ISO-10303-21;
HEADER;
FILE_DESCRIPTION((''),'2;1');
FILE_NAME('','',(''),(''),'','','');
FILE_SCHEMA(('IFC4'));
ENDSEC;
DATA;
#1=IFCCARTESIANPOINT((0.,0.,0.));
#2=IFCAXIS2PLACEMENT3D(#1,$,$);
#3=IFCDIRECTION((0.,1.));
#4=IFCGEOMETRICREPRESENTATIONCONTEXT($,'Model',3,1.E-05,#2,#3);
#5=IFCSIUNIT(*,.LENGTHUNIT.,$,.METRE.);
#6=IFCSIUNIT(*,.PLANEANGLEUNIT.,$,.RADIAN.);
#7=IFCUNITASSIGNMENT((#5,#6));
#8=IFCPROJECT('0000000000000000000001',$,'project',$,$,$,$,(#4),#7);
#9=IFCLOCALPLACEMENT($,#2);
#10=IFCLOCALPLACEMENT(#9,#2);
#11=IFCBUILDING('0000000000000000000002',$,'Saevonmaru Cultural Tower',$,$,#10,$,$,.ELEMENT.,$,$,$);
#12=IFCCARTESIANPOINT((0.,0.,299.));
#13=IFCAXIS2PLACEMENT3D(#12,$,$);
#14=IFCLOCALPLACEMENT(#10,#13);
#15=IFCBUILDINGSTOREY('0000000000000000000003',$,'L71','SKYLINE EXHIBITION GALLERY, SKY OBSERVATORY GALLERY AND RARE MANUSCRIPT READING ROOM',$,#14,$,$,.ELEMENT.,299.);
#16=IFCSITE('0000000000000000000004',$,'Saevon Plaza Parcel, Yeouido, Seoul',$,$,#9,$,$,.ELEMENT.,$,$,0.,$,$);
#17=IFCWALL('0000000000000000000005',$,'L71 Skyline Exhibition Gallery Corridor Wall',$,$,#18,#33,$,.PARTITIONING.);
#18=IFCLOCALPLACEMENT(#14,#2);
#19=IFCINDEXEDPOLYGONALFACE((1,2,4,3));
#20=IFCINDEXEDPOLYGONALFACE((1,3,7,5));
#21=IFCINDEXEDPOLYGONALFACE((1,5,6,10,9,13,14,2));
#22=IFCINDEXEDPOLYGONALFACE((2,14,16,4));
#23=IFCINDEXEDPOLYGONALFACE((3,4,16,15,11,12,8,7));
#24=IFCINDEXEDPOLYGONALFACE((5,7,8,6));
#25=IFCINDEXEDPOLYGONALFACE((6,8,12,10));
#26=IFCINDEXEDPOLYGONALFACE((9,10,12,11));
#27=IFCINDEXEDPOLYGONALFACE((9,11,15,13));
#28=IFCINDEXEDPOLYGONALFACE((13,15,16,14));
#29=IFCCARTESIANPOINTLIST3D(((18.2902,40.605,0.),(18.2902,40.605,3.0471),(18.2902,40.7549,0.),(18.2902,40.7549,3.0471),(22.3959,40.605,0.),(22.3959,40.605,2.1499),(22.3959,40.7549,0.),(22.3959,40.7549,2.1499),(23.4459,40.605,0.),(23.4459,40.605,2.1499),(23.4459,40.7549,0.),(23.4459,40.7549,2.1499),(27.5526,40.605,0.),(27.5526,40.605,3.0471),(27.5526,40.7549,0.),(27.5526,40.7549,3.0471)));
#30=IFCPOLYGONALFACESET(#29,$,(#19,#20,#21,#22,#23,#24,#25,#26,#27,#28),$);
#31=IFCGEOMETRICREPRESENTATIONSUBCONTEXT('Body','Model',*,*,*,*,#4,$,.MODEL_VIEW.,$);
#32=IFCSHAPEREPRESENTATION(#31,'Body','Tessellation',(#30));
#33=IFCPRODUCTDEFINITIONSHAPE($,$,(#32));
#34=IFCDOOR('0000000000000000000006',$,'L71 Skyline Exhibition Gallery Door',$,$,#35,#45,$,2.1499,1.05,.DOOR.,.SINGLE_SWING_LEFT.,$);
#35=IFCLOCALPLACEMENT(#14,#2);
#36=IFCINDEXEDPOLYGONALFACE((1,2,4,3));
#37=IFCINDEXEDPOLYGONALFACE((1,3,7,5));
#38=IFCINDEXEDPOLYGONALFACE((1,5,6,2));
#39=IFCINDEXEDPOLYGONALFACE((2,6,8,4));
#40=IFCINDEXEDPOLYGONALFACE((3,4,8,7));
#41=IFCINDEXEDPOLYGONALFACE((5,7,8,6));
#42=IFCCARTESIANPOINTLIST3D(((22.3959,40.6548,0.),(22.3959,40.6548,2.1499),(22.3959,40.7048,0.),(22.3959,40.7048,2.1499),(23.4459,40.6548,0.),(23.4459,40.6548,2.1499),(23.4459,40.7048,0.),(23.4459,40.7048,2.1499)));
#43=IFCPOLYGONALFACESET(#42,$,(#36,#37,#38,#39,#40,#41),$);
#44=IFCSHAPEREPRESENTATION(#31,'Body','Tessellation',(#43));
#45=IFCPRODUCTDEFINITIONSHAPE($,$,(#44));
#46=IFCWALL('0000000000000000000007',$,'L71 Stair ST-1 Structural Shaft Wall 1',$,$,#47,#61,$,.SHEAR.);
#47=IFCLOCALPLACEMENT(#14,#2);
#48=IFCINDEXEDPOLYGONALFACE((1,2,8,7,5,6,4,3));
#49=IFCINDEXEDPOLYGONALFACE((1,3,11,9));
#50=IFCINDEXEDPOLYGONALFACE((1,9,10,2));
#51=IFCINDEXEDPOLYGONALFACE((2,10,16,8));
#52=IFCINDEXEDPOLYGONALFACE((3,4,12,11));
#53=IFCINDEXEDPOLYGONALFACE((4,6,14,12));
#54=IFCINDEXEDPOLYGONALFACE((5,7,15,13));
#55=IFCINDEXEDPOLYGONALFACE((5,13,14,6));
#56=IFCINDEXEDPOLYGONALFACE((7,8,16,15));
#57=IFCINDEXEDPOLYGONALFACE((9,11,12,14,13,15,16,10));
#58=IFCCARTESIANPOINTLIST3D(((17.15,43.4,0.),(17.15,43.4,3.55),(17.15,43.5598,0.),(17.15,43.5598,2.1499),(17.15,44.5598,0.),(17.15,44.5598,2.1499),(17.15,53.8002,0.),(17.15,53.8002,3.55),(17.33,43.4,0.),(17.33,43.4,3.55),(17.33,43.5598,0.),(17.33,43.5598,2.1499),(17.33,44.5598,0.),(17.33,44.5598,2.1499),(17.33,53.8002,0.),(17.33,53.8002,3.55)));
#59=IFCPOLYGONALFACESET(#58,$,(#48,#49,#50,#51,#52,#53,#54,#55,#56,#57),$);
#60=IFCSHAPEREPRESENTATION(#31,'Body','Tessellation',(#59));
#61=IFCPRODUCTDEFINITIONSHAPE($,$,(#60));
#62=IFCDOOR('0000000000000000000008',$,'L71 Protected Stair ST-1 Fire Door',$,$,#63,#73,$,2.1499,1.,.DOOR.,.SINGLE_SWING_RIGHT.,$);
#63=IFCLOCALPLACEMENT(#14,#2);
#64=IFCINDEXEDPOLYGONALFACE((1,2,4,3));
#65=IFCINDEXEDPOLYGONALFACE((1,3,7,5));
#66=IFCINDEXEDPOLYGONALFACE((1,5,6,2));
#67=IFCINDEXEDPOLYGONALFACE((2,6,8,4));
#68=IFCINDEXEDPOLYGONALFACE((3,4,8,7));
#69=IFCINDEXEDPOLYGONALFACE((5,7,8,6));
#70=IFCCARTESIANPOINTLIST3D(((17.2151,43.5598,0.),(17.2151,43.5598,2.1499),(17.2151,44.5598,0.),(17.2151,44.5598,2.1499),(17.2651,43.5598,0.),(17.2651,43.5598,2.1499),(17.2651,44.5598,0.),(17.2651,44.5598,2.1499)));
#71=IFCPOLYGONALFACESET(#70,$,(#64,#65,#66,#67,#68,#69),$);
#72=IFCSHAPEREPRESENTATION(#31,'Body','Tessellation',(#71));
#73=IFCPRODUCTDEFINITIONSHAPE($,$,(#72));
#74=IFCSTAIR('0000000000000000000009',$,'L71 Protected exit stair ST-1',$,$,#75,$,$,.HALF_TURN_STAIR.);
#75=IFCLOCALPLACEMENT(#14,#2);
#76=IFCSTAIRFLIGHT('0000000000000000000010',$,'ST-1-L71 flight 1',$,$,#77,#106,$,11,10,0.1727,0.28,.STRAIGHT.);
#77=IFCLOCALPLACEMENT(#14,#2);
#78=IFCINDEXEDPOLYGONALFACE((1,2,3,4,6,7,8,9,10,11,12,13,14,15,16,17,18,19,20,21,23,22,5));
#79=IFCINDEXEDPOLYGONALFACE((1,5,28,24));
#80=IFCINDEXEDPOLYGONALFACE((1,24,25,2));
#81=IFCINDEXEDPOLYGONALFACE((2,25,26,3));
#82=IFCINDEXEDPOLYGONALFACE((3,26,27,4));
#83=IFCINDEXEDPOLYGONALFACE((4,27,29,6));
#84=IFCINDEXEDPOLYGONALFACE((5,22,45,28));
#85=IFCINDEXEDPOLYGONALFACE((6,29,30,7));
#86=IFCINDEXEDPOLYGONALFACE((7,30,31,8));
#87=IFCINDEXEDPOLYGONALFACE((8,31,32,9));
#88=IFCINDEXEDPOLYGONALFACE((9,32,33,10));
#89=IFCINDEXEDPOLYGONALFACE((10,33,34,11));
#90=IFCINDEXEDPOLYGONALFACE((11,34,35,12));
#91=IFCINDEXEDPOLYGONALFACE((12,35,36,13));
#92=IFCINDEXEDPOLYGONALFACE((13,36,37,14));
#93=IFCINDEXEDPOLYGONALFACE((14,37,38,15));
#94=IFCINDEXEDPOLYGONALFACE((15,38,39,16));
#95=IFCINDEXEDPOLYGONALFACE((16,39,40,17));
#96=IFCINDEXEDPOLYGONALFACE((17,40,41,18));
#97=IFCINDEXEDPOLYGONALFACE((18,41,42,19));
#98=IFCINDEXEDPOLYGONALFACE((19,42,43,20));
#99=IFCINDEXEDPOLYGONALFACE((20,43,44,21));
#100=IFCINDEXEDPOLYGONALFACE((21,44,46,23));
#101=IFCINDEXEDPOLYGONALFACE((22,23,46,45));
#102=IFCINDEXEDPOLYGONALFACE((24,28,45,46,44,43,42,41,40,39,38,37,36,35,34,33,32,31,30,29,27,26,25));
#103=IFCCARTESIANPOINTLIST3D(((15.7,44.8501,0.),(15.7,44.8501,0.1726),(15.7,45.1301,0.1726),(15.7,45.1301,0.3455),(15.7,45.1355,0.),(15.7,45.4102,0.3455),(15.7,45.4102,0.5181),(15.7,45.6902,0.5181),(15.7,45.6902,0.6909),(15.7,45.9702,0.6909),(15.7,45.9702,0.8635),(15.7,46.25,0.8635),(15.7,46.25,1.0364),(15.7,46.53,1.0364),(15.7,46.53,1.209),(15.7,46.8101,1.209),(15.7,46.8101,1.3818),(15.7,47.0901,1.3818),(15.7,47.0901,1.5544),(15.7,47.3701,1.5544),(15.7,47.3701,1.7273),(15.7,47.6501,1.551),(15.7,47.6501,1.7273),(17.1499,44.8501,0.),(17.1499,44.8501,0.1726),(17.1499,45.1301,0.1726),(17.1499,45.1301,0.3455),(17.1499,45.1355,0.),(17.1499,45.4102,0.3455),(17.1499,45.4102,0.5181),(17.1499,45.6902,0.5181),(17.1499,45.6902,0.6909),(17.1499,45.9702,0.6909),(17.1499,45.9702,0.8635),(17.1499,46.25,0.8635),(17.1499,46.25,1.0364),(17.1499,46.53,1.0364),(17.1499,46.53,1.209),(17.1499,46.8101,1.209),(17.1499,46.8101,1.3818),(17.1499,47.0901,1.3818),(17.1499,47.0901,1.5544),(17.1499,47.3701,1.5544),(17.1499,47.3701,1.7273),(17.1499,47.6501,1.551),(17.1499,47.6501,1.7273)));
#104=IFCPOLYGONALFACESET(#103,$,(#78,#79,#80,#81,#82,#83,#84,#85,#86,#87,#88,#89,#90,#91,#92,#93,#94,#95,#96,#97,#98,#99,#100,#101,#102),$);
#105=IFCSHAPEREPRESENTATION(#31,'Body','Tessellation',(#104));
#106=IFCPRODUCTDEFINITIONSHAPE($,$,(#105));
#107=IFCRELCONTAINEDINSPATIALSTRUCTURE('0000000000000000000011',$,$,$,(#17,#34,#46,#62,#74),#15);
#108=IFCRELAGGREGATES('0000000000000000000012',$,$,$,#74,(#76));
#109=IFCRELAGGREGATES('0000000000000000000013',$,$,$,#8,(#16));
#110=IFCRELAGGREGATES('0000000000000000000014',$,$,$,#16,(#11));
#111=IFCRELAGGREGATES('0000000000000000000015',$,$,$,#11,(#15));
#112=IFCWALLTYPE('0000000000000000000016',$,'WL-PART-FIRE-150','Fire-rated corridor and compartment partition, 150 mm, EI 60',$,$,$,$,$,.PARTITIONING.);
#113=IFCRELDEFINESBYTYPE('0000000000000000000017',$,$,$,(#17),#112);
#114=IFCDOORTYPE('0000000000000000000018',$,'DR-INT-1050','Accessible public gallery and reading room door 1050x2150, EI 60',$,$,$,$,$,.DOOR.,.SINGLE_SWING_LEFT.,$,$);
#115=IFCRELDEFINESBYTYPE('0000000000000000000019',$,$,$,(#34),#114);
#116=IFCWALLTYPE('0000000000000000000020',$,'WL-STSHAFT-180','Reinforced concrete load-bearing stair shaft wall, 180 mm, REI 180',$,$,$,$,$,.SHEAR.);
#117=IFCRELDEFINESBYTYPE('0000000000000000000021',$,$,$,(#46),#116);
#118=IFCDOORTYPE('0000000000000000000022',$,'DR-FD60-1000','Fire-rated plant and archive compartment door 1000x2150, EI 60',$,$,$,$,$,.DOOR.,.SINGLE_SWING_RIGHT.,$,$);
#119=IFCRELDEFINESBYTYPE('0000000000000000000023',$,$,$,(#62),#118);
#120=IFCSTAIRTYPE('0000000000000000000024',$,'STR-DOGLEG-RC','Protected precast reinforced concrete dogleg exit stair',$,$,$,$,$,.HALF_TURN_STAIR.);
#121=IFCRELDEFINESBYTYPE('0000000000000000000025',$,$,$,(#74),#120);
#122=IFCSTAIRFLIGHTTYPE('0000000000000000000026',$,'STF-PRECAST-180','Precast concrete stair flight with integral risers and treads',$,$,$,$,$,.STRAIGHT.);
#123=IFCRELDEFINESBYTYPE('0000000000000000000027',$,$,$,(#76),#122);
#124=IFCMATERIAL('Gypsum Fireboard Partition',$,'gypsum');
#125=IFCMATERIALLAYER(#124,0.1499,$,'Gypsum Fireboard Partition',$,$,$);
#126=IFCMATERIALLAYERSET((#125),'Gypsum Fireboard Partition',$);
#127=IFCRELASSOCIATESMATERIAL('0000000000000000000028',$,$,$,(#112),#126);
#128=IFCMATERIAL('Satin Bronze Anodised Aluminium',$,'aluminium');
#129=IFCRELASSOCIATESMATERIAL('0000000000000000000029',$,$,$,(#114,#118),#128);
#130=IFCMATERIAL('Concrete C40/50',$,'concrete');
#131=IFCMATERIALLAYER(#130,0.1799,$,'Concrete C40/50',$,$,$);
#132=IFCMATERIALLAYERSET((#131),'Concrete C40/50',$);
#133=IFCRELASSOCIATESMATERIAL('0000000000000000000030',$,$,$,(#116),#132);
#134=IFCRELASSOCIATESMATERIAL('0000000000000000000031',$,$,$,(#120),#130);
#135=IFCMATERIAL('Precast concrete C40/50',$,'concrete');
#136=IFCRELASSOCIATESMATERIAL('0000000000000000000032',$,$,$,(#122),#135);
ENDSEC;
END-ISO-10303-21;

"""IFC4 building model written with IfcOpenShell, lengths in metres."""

from ifc_helpers import new_model, si_unit, direction, frame, frame_2d, origin, place, context, subcontext, project, spatial, polyline, rectangle, outline, extrude, material, layer, layer_set, type_object, element, fill, aggregate, save


model = new_model("IFC4")

# Units and contexts
model_context = context("Model", 3, precision=1e-05, world=origin(), true_north=direction((0.0, 1.0)))
body_context = subcontext(model_context, "Body", "Model", "MODEL_VIEW")
ifc_project = project(units=[si_unit("LENGTHUNIT", "METRE"), si_unit("PLANEANGLEUNIT", "RADIAN")], contexts=[model_context])

# Site, building, storey
site_placement = place(None, origin())
site = spatial("IfcSite", under=ifc_project, at=site_placement, Name="Saevon Plaza Parcel, Yeouido, Seoul", CompositionType="ELEMENT", RefElevation=0.0)
building_placement = place(site_placement, origin())
building = spatial("IfcBuilding", under=site, at=building_placement, Name="Saevonmaru Cultural Tower", CompositionType="ELEMENT")
storey_placement = place(building_placement, frame((0.0, 0.0, 299.0)))
storey = spatial("IfcBuildingStorey", under=building, at=storey_placement, Name="L71", Description="SKYLINE EXHIBITION GALLERY, SKY OBSERVATORY GALLERY AND RARE MANUSCRIPT READING ROOM", CompositionType="ELEMENT", Elevation=299.0)

# Shared definitions
ifc_material_1 = material(Name="Gypsum Fireboard Partition", Category="gypsum")
ifc_material_2 = material(Name="Satin Bronze Anodised Aluminium", Category="aluminium")

# Shared definitions
ifc_layer_1 = layer(ifc_material_1, 0.1499, Name="Gypsum Fireboard Partition")
ifc_layer_set_1 = layer_set([ifc_layer_1], Name="Gypsum Fireboard Partition")
wall_type_1 = type_object("IfcWallType", Name="WL-PART-FIRE-150", Description="Fire-rated corridor and compartment partition, 150 mm, EI 60", PredefinedType="PARTITIONING", material=ifc_layer_set_1)

# Walls, openings, doors
door_type_1 = type_object("IfcDoorType", Name="DR-INT-1050", Description="Accessible public gallery and reading room door 1050x2150, EI 60", OperationType="SINGLE_SWING_LEFT", PredefinedType="DOOR", material=ifc_material_2)
wall_1_placement = place(storey_placement, frame((18.29, 40.6799, 0.0), z_axis=(0.0, 0.0, 1.0), x_axis=(1.0, 0.0, 0.0)))
wall_1 = element("IfcWall", 1, at=wall_1_placement, inside=storey, type_object=wall_type_1, Name="L71 Skyline Exhibition Gallery Corridor Wall", PredefinedType="PARTITIONING", context=body_context, shape_type="SweptSolid", body=[
    extrude(rectangle(XDim=9.2625, YDim=0.1499, at=frame_2d((4.6313, 0.0))), origin(), (0.0, 0.0, 1.0), 3.0471),
])
opening_1_placement = place(wall_1_placement, frame((4.106, 0.0, 0.0)))
opening_1 = element("IfcOpeningElement", 2, at=opening_1_placement, cuts=wall_1, PredefinedType="OPENING", context=body_context, shape_type="SweptSolid", body=[
    extrude(rectangle(XDim=1.05, YDim=2.1499, at=frame_2d((0.5249, 1.075))), frame((0.0, 0.085, 0.0), z_axis=(0.0, -1.0, 0.0), x_axis=(1.0, 0.0, 0.0)), (0.0, 0.0, 1.0), 0.1699),
])
door_1_placement = place(opening_1_placement, origin())
door_1 = element("IfcDoor", 3, at=door_1_placement, inside=storey, type_object=door_type_1, Name="L71 Skyline Exhibition Gallery Door", OperationType="SINGLE_SWING_LEFT", OverallHeight=2.1499, OverallWidth=1.05, PredefinedType="DOOR", context=body_context, shape_type="SweptSolid", body=[
    extrude(rectangle(XDim=1.05, YDim=2.1499, at=frame_2d((0.5249, 1.075))), frame((0.0, 0.0249, 0.0), z_axis=(0.0, -1.0, 0.0), x_axis=(1.0, 0.0, 0.0)), (0.0, 0.0, 1.0), 0.05),
])
fill(opening_1, door_1)
ifc_material_3 = material(Name="Concrete C40/50", Category="concrete")
ifc_layer_2 = layer(ifc_material_3, 0.1799, Name="Concrete C40/50")
ifc_layer_set_2 = layer_set([ifc_layer_2], Name="Concrete C40/50")
wall_type_2 = type_object("IfcWallType", Name="WL-STSHAFT-180", Description="Reinforced concrete load-bearing stair shaft wall, 180 mm, REI 180", PredefinedType="SHEAR", material=ifc_layer_set_2)
wall_2_placement = place(storey_placement, frame((17.24, 43.3999, 0.0), z_axis=(0.0, 0.0, 1.0), x_axis=(0.0, 1.0, 0.0)))
wall_2 = element("IfcWall", 4, at=wall_2_placement, inside=storey, type_object=wall_type_2, Name="L71 Stair ST-1 Structural Shaft Wall 1", PredefinedType="SHEAR", context=body_context, shape_type="SweptSolid", body=[
    extrude(rectangle(XDim=10.4001, YDim=0.1799, at=frame_2d((5.2002, 0.0))), origin(), (0.0, 0.0, 1.0), 3.55),
])
opening_2_placement = place(wall_2_placement, frame((0.1599, 0.0, 0.0)))
opening_2 = element("IfcOpeningElement", 5, at=opening_2_placement, cuts=wall_2, PredefinedType="OPENING", context=body_context, shape_type="SweptSolid", body=[
    extrude(rectangle(XDim=1.0, YDim=2.1499, at=frame_2d((0.5, 1.075))), frame((0.0, 0.1001, 0.0), z_axis=(0.0, -1.0, 0.0), x_axis=(1.0, 0.0, 0.0)), (0.0, 0.0, 1.0), 0.2),
])
door_type_2 = type_object("IfcDoorType", Name="DR-FD60-1000", Description="Fire-rated plant and archive compartment door 1000x2150, EI 60", OperationType="SINGLE_SWING_RIGHT", PredefinedType="DOOR", material=ifc_material_2)
door_2_placement = place(opening_2_placement, origin())
door_2 = element("IfcDoor", 6, at=door_2_placement, inside=storey, type_object=door_type_2, Name="L71 Protected Stair ST-1 Fire Door", OperationType="SINGLE_SWING_RIGHT", OverallHeight=2.1499, OverallWidth=1.0, PredefinedType="DOOR", context=body_context, shape_type="SweptSolid", body=[
    extrude(rectangle(XDim=1.0, YDim=2.1499, at=frame_2d((0.5, 1.075))), frame((0.0, 0.0249, 0.0), z_axis=(0.0, -1.0, 0.0), x_axis=(1.0, 0.0, 0.0)), (0.0, 0.0, 1.0), 0.05),
])
fill(opening_2, door_2)

# Stair, stair flight
stair_type = type_object("IfcStairType", Name="STR-DOGLEG-RC", Description="Protected precast reinforced concrete dogleg exit stair", PredefinedType="HALF_TURN_STAIR", material=ifc_material_3)
stair_placement = place(storey_placement, origin())
stair = element("IfcStair", 7, at=stair_placement, inside=storey, type_object=stair_type, Name="L71 Protected exit stair ST-1", PredefinedType="HALF_TURN_STAIR")
ifc_material_4 = material(Name="Precast concrete C40/50", Category="concrete")
stair_flight_type = type_object("IfcStairFlightType", Name="STF-PRECAST-180", Description="Precast concrete stair flight with integral risers and treads", PredefinedType="STRAIGHT", material=ifc_material_4)
stair_flight_placement = place(storey_placement, frame((16.425, 44.8501, 0.0), z_axis=(0.0, 0.0, 1.0), x_axis=(0.0, 1.0, 0.0)))
stair_flight = element("IfcStairFlight", 8, at=stair_flight_placement, type_object=stair_flight_type, Name="ST-1-L71 flight 1", NumberOfRisers=11, NumberOfTreads=10, PredefinedType="STRAIGHT", RiserHeight=0.1727, TreadLength=0.28, context=body_context, shape_type="SweptSolid", body=[
    extrude(outline(polyline([(0.0, 0.0), (0.0, 0.1726), (0.28, 0.1726), (0.28, 0.3455), (0.5601, 0.3455), (0.5601, 0.5181), (0.8401, 0.5181), (0.8401, 0.6909), (1.1201, 0.6909), (1.1201, 0.8635), (1.3999, 0.8635), (1.3999, 1.0364), (1.6799, 1.0364), (1.6799, 1.209), (1.96, 1.209), (1.96, 1.3818), (2.24, 1.3818), (2.24, 1.5544), (2.52, 1.5544), (2.52, 1.7273), (2.8, 1.7273), (2.8, 1.8999), (2.8, 1.551), (0.2854, 0.0), (0.0, 0.0)])), frame((0.0, 0.7251, 0.0), z_axis=(0.0, -1.0, 0.0), x_axis=(1.0, 0.0, 0.0)), (0.0, 0.0, 1.0), 1.45),
])
aggregate(stair, [stair_flight])

save(model, "model.ifc")
